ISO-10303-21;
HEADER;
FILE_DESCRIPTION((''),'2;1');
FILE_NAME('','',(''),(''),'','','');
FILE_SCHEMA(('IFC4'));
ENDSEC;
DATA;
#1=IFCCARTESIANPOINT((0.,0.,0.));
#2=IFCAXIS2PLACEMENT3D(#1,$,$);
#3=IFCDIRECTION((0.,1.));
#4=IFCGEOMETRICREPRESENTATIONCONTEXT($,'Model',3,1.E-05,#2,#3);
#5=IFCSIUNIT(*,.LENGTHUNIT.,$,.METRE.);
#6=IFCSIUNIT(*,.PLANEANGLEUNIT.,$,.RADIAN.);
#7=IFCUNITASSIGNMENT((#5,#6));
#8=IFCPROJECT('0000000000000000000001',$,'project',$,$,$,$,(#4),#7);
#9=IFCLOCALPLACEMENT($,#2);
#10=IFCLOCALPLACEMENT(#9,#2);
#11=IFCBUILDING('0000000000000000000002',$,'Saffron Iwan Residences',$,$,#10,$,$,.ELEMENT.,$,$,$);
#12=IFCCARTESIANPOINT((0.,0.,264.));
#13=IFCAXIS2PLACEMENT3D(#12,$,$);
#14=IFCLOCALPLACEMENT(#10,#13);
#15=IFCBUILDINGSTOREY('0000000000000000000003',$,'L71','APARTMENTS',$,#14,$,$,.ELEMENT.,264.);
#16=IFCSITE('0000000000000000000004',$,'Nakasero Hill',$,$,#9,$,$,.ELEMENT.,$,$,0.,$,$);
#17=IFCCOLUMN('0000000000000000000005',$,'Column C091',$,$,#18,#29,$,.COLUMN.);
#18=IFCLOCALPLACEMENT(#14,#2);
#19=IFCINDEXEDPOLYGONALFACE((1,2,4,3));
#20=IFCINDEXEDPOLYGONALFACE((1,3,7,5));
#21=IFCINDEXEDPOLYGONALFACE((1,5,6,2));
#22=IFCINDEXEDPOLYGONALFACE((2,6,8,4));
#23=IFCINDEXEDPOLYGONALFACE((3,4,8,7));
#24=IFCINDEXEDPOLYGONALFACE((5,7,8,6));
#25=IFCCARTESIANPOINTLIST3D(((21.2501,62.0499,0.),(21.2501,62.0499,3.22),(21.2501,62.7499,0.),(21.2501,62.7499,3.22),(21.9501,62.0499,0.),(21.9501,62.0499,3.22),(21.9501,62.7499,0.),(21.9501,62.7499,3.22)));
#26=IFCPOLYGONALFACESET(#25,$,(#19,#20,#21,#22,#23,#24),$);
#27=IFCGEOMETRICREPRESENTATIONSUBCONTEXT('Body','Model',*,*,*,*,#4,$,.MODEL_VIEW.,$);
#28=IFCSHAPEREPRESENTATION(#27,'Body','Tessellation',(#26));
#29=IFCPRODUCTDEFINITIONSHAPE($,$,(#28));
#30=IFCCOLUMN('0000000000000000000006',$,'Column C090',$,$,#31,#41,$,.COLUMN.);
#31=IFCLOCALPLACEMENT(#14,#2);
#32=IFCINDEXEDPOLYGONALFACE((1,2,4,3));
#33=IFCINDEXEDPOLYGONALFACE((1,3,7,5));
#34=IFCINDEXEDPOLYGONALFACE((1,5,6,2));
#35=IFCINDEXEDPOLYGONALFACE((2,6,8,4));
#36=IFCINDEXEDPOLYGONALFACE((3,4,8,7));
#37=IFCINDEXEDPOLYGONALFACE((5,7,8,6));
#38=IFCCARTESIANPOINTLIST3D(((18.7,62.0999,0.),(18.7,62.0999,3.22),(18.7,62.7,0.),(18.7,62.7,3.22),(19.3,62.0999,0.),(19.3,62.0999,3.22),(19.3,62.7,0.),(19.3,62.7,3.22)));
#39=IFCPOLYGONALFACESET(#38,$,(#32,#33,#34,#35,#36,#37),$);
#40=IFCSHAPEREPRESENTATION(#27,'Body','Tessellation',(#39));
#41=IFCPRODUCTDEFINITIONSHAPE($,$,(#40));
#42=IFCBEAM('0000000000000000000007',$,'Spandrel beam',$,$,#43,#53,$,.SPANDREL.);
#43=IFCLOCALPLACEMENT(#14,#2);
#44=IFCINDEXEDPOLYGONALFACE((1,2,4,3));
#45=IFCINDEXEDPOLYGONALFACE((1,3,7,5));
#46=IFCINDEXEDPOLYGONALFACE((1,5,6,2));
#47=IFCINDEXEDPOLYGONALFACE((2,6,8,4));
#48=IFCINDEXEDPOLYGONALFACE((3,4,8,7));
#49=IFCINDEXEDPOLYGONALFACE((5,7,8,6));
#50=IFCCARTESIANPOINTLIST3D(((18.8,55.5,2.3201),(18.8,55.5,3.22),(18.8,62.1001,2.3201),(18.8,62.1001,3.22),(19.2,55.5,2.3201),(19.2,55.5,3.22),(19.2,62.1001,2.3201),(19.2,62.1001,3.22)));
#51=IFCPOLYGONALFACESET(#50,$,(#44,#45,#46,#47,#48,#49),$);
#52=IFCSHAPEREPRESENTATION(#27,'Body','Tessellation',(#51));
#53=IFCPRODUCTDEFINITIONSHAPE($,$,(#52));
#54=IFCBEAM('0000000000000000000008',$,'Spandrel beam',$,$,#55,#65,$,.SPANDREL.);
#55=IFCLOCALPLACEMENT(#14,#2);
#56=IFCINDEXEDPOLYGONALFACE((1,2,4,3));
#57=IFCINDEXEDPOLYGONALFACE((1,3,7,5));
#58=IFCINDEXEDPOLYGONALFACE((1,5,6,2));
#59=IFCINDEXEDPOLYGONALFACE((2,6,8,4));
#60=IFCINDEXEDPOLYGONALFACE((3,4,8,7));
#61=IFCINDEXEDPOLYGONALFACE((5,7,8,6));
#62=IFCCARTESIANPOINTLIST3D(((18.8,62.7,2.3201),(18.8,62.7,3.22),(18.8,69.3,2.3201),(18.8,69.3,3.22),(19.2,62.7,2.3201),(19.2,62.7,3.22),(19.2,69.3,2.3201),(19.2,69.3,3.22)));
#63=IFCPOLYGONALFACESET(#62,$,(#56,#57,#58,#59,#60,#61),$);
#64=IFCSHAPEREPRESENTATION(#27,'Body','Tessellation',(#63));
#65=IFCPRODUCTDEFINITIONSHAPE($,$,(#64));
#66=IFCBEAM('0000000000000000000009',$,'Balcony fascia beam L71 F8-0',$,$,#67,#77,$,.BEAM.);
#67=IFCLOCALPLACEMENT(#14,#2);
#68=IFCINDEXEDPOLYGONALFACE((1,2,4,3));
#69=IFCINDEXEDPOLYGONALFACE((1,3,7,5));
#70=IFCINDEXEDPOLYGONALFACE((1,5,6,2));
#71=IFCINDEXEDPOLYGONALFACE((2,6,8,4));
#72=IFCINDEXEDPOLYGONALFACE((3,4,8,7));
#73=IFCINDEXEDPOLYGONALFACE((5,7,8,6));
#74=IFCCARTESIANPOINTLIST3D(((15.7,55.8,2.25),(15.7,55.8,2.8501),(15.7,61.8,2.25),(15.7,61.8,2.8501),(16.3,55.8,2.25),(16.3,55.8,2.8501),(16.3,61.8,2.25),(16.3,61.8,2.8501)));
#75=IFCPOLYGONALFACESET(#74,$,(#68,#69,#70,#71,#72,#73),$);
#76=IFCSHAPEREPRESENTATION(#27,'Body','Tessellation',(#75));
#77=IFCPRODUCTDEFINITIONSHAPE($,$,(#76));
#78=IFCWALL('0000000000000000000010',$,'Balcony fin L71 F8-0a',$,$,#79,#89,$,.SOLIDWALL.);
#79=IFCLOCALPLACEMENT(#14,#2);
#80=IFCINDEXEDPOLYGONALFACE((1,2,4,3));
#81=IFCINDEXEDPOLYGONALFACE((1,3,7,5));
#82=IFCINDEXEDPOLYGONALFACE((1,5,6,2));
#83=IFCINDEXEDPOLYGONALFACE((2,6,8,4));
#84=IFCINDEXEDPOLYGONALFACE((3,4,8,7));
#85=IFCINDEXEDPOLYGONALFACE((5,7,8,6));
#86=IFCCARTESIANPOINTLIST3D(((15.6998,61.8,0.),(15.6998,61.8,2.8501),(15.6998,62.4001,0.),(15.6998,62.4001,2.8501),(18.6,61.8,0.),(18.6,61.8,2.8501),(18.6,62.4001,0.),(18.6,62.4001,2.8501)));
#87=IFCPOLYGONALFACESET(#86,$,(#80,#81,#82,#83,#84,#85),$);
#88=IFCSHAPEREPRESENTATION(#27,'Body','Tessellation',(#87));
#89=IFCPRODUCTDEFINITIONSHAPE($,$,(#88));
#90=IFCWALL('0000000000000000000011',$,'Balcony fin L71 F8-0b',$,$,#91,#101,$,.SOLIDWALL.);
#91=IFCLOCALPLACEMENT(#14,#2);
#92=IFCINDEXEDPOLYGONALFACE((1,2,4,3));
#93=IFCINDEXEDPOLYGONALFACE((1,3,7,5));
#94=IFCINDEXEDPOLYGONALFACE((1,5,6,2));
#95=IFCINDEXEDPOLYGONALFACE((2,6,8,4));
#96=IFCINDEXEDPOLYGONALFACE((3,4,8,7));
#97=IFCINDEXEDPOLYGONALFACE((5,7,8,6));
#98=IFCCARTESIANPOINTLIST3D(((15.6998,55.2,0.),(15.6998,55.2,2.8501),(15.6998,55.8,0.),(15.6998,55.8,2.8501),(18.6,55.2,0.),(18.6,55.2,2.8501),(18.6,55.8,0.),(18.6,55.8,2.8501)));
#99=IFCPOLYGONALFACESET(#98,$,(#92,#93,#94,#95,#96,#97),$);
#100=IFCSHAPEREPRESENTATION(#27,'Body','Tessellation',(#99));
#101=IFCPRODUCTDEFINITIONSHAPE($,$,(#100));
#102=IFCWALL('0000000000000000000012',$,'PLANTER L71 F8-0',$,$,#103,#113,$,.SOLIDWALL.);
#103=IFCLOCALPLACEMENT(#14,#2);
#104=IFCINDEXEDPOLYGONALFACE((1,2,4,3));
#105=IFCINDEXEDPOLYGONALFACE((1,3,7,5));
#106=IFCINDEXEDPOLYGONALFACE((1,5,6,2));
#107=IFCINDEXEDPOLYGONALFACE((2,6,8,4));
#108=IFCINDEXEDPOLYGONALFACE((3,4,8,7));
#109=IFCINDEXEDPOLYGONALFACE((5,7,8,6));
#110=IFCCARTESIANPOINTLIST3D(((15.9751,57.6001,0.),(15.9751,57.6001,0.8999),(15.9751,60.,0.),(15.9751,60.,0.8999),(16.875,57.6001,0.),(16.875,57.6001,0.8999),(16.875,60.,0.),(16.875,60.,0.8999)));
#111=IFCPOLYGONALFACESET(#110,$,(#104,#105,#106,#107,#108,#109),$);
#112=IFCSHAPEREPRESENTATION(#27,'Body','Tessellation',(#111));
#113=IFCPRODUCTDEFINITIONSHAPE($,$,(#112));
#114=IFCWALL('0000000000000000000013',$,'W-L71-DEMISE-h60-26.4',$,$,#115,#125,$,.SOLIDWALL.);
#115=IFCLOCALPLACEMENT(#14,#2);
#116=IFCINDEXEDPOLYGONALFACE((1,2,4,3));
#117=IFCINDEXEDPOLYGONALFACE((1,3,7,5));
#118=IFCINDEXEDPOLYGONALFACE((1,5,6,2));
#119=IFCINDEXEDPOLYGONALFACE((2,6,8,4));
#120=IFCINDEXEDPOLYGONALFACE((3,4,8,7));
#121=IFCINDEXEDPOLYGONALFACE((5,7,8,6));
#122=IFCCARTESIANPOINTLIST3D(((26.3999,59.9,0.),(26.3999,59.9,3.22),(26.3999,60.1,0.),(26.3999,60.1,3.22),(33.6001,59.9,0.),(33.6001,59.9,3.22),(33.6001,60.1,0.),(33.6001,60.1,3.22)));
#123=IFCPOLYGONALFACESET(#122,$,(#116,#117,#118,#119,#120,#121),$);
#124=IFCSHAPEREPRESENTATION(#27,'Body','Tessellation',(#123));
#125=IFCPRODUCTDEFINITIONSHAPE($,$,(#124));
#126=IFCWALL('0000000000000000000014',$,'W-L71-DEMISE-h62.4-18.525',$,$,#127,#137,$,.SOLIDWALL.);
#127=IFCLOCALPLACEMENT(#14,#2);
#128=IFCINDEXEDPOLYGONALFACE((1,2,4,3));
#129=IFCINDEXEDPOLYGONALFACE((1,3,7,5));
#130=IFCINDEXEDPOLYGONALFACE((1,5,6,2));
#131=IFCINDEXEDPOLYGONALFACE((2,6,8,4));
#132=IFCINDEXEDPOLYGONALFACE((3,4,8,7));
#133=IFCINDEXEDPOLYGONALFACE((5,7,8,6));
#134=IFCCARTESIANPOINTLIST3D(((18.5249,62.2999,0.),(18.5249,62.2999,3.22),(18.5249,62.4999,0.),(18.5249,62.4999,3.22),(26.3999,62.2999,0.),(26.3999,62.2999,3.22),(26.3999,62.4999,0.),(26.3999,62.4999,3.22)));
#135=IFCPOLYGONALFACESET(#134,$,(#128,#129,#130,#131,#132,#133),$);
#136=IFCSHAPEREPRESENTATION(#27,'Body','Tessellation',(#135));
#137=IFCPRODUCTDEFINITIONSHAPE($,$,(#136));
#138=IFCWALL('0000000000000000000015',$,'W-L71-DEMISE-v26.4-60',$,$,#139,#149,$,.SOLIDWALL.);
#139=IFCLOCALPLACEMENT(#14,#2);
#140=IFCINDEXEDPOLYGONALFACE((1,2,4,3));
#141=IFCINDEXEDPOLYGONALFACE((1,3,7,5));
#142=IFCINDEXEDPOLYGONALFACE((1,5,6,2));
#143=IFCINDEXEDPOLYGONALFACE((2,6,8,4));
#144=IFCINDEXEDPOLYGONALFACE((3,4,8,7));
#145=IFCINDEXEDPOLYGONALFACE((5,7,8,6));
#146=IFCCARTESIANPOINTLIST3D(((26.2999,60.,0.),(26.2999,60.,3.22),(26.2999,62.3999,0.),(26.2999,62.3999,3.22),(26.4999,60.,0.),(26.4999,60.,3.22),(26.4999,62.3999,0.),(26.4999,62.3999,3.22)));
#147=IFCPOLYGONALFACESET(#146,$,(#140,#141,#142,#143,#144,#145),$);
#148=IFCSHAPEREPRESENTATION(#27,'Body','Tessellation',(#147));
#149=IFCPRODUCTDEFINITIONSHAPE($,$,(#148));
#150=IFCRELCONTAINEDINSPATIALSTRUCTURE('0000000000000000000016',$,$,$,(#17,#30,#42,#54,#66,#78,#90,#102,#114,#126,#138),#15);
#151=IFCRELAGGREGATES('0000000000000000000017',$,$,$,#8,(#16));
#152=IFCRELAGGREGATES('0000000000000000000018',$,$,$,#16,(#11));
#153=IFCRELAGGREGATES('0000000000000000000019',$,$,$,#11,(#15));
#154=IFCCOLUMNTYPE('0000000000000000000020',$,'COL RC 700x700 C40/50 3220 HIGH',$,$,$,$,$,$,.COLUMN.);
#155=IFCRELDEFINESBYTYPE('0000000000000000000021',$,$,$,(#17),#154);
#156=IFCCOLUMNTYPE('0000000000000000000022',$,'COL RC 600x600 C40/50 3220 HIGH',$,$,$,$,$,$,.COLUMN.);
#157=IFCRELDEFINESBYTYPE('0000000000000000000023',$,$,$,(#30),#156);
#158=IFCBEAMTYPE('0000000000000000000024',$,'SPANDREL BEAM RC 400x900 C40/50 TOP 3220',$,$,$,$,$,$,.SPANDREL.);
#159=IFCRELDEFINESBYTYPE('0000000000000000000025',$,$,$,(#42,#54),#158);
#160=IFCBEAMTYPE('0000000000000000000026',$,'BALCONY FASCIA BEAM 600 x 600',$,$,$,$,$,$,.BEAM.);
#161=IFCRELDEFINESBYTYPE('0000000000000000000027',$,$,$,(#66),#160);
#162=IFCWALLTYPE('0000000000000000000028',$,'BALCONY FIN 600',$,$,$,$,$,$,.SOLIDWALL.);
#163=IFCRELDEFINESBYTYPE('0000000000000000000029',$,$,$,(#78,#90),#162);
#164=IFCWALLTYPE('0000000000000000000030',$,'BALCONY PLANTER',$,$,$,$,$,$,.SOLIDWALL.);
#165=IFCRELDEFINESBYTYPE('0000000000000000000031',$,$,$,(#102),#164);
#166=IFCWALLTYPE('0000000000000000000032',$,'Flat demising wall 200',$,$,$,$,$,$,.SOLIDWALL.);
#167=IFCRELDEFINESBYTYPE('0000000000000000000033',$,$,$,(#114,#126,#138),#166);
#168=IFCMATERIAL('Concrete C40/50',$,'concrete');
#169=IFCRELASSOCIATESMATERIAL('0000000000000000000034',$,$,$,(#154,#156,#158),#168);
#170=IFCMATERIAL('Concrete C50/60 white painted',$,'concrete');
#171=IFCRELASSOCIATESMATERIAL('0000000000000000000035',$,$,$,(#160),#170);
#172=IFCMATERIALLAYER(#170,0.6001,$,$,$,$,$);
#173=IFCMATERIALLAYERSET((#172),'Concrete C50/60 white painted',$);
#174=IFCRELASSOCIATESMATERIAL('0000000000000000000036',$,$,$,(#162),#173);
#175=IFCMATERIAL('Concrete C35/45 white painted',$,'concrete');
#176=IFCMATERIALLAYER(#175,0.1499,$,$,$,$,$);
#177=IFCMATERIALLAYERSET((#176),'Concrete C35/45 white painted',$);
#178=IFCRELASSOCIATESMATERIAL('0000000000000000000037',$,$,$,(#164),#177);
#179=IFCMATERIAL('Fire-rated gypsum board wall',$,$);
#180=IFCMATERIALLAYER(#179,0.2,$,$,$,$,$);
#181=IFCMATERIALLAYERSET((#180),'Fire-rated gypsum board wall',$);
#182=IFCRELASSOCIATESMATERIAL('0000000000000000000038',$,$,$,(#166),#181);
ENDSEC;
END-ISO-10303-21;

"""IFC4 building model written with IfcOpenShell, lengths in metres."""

from ifc_helpers import new_model, si_unit, direction, frame, frame_2d, origin, origin_2d, place, context, subcontext, project, spatial, rectangle, extrude, source, transform, mapped, material, layer, layer_set, material_profile, profile_set, type_object, element, save


model = new_model("IFC4")

# Units and contexts
model_context = context("Model", 3, precision=1e-05, world=origin(), true_north=direction((0.0, 1.0)))
body_context = subcontext(model_context, "Body", "Model", "MODEL_VIEW")
ifc_project = project(units=[si_unit("LENGTHUNIT", "METRE"), si_unit("PLANEANGLEUNIT", "RADIAN")], contexts=[model_context])

# Site, building, storey
site_placement = place(None, origin())
site = spatial("IfcSite", under=ifc_project, at=site_placement, Name="Nakasero Hill", CompositionType="ELEMENT", RefElevation=0.0)
building_placement = place(site_placement, origin())
building = spatial("IfcBuilding", under=site, at=building_placement, Name="Saffron Iwan Residences", CompositionType="ELEMENT")
storey_placement = place(building_placement, frame((0.0, 0.0, 264.0)))
storey = spatial("IfcBuildingStorey", under=building, at=storey_placement, Name="L71", Description="APARTMENTS", CompositionType="ELEMENT", Elevation=264.0)

# Columns
ifc_material_1 = material(Name="Concrete C40/50", Category="concrete")
ifc_material_profile_1 = material_profile(ifc_material_1, rectangle(XDim=0.7, YDim=0.7, at=origin_2d()), Name="RC 700x700")
ifc_profile_set_1 = profile_set([ifc_material_profile_1], Name="Concrete C40/50")
column_type_1 = type_object("IfcColumnType", Name="COL RC 700x700 C40/50 3220 HIGH", PredefinedType="COLUMN", material=ifc_profile_set_1)
shared_shape_1 = source(origin(), body_context, "Body", "SweptSolid", [
    extrude(rectangle(XDim=0.7, YDim=0.7, at=origin_2d()), origin(), (0.0, 0.0, 1.0), 3.22),
])
column_1_placement = place(storey_placement, frame((21.6001, 62.3999, 0.0), z_axis=(0.0, 0.0, 1.0), x_axis=(1.0, 0.0, 0.0)))
element("IfcColumn", 1, at=column_1_placement, inside=storey, type_object=column_type_1, Name="Column C091", PredefinedType="COLUMN", context=body_context, shape_type="MappedRepresentation", body=[
    mapped(shared_shape_1, transform((0.0, 0.0, 0.0))),
])
ifc_material_profile_2 = material_profile(ifc_material_1, rectangle(XDim=0.6001, YDim=0.6001, at=origin_2d()), Name="RC 600x600")
ifc_profile_set_2 = profile_set([ifc_material_profile_2], Name="Concrete C40/50")
column_type_2 = type_object("IfcColumnType", Name="COL RC 600x600 C40/50 3220 HIGH", PredefinedType="COLUMN", material=ifc_profile_set_2)
shared_shape_2 = source(origin(), body_context, "Body", "SweptSolid", [
    extrude(rectangle(XDim=0.6001, YDim=0.6001, at=origin_2d()), origin(), (0.0, 0.0, 1.0), 3.22),
])
column_2_placement = place(storey_placement, frame((19.0, 62.3999, 0.0), z_axis=(0.0, 0.0, 1.0), x_axis=(1.0, 0.0, 0.0)))
element("IfcColumn", 2, at=column_2_placement, inside=storey, type_object=column_type_2, Name="Column C090", PredefinedType="COLUMN", context=body_context, shape_type="MappedRepresentation", body=[
    mapped(shared_shape_2, transform((0.0, 0.0, 0.0))),
])

# Beams
ifc_material_profile_3 = material_profile(ifc_material_1, rectangle(XDim=0.3999, YDim=0.8999, at=origin_2d()), Name="RC 400x900")
ifc_profile_set_3 = profile_set([ifc_material_profile_3], Name="Concrete C40/50")
beam_type_1 = type_object("IfcBeamType", Name="SPANDREL BEAM RC 400x900 C40/50 TOP 3220", PredefinedType="SPANDREL", material=ifc_profile_set_3)
shared_shape_3 = source(origin(), body_context, "Body", "SweptSolid", [
    extrude(rectangle(XDim=0.3999, YDim=0.8999, at=origin_2d()), origin(), (0.0, 0.0, 1.0), 6.6001),
])
for number, where, z_axis, x_axis, name in (
    (3, (19.0, 55.5, 2.77), (0.0, 1.0, 0.0), (-1.0, 0.0, 0.0), "Spandrel beam"),
    (4, (19.0, 62.7, 2.77), (0.0, 1.0, 0.0), (-1.0, 0.0, 0.0), "Spandrel beam"),
):
    element("IfcBeam", number, at=place(storey_placement, frame(where, z_axis=z_axis, x_axis=x_axis)), inside=storey, type_object=beam_type_1, Name=name, PredefinedType="SPANDREL", context=body_context, shape_type="MappedRepresentation", body=[
        mapped(shared_shape_3, transform((0.0, 0.0, 0.0))),
    ])
ifc_material_2 = material(Name="Concrete C50/60 white painted", Category="concrete")
ifc_material_profile_4 = material_profile(ifc_material_2, rectangle(XDim=0.6001, YDim=0.6001, at=origin_2d()), Name="BALCONY FASCIA BEAM 600 x 600")
ifc_profile_set_4 = profile_set([ifc_material_profile_4], Name="Concrete C50/60 white painted")
beam_type_2 = type_object("IfcBeamType", Name="BALCONY FASCIA BEAM 600 x 600", PredefinedType="BEAM", material=ifc_profile_set_4)
shared_shape_4 = source(origin(), body_context, "Body", "SweptSolid", [
    extrude(rectangle(XDim=0.6001, YDim=0.6001, at=origin_2d()), origin(), (0.0, 0.0, 1.0), 6.0),
])
beam_placement = place(storey_placement, frame((16.0, 61.8, 2.55), z_axis=(0.0, -1.0, 0.0), x_axis=(1.0, 0.0, 0.0)))
element("IfcBeam", 5, at=beam_placement, inside=storey, type_object=beam_type_2, Name="Balcony fascia beam L71 F8-0", PredefinedType="BEAM", context=body_context, shape_type="MappedRepresentation", body=[
    mapped(shared_shape_4, transform((0.0, 0.0, 0.0))),
])

# Walls
ifc_layer_1 = layer(ifc_material_2, 0.6001)
ifc_layer_set_1 = layer_set([ifc_layer_1], Name="Concrete C50/60 white painted")
wall_type_1 = type_object("IfcWallType", Name="BALCONY FIN 600", PredefinedType="SOLIDWALL", material=ifc_layer_set_1)
for number, where, z_axis, x_axis, name in (
    (6, (18.6001, 62.1001, 0.0), (0.0, 0.0, 1.0), (-1.0, 0.0, 0.0), "Balcony fin L71 F8-0a"),
    (7, (18.6001, 55.5, 0.0), (0.0, 0.0, 1.0), (-1.0, 0.0, 0.0), "Balcony fin L71 F8-0b"),
):
    element("IfcWall", number, at=place(storey_placement, frame(where, z_axis=z_axis, x_axis=x_axis)), inside=storey, type_object=wall_type_1, Name=name, PredefinedType="SOLIDWALL", context=body_context, shape_type="SweptSolid", body=[
        extrude(rectangle(XDim=2.9001, YDim=0.6001, at=frame_2d((1.4502, 0.0))), origin(), (0.0, 0.0, 1.0), 2.8501),
    ])
ifc_material_3 = material(Name="Concrete C35/45 white painted", Category="concrete")
ifc_layer_2 = layer(ifc_material_3, 0.1499)
ifc_layer_set_2 = layer_set([ifc_layer_2], Name="Concrete C35/45 white painted")
wall_type_2 = type_object("IfcWallType", Name="BALCONY PLANTER", PredefinedType="SOLIDWALL", material=ifc_layer_set_2)
wall_1_placement = place(storey_placement, frame((16.425, 60.0, 0.0), z_axis=(0.0, 0.0, 1.0), x_axis=(0.0, -1.0, 0.0)))
element("IfcWall", 8, at=wall_1_placement, inside=storey, type_object=wall_type_2, Name="PLANTER L71 F8-0", PredefinedType="SOLIDWALL", context=body_context, shape_type="SweptSolid", body=[
    extrude(rectangle(XDim=2.3999, YDim=0.8999, at=frame_2d((1.2, 0.0))), origin(), (0.0, 0.0, 1.0), 0.8999),
])

# Walls
ifc_material_4 = material(Name="Fire-rated gypsum board wall")
ifc_layer_3 = layer(ifc_material_4, 0.2)
ifc_layer_set_3 = layer_set([ifc_layer_3], Name="Fire-rated gypsum board wall")
wall_type_3 = type_object("IfcWallType", Name="Flat demising wall 200", PredefinedType="SOLIDWALL", material=ifc_layer_set_3)
wall_2_placement = place(storey_placement, frame((26.3999, 60.0, 0.0), z_axis=(0.0, 0.0, 1.0), x_axis=(1.0, 0.0, 0.0)))
element("IfcWall", 9, at=wall_2_placement, inside=storey, type_object=wall_type_3, Name="W-L71-DEMISE-h60-26.4", PredefinedType="SOLIDWALL", context=body_context, shape_type="SweptSolid", body=[
    extrude(rectangle(XDim=7.2002, YDim=0.2, at=frame_2d((3.6001, 0.0))), origin(), (0.0, 0.0, 1.0), 3.22),
])
wall_3_placement = place(storey_placement, frame((18.5249, 62.3999, 0.0), z_axis=(0.0, 0.0, 1.0), x_axis=(1.0, 0.0, 0.0)))
element("IfcWall", 10, at=wall_3_placement, inside=storey, type_object=wall_type_3, Name="W-L71-DEMISE-h62.4-18.525", PredefinedType="SOLIDWALL", context=body_context, shape_type="SweptSolid", body=[
    extrude(rectangle(XDim=7.875, YDim=0.2, at=frame_2d((3.9375, 0.0))), origin(), (0.0, 0.0, 1.0), 3.22),
])
wall_4_placement = place(storey_placement, frame((26.3999, 60.0, 0.0), z_axis=(0.0, 0.0, 1.0), x_axis=(0.0, 1.0, 0.0)))
element("IfcWall", 11, at=wall_4_placement, inside=storey, type_object=wall_type_3, Name="W-L71-DEMISE-v26.4-60", PredefinedType="SOLIDWALL", context=body_context, shape_type="SweptSolid", body=[
    extrude(rectangle(XDim=2.3999, YDim=0.2, at=frame_2d((1.2, 0.0))), origin(), (0.0, 0.0, 1.0), 3.22),
])

save(model, "model.ifc")
